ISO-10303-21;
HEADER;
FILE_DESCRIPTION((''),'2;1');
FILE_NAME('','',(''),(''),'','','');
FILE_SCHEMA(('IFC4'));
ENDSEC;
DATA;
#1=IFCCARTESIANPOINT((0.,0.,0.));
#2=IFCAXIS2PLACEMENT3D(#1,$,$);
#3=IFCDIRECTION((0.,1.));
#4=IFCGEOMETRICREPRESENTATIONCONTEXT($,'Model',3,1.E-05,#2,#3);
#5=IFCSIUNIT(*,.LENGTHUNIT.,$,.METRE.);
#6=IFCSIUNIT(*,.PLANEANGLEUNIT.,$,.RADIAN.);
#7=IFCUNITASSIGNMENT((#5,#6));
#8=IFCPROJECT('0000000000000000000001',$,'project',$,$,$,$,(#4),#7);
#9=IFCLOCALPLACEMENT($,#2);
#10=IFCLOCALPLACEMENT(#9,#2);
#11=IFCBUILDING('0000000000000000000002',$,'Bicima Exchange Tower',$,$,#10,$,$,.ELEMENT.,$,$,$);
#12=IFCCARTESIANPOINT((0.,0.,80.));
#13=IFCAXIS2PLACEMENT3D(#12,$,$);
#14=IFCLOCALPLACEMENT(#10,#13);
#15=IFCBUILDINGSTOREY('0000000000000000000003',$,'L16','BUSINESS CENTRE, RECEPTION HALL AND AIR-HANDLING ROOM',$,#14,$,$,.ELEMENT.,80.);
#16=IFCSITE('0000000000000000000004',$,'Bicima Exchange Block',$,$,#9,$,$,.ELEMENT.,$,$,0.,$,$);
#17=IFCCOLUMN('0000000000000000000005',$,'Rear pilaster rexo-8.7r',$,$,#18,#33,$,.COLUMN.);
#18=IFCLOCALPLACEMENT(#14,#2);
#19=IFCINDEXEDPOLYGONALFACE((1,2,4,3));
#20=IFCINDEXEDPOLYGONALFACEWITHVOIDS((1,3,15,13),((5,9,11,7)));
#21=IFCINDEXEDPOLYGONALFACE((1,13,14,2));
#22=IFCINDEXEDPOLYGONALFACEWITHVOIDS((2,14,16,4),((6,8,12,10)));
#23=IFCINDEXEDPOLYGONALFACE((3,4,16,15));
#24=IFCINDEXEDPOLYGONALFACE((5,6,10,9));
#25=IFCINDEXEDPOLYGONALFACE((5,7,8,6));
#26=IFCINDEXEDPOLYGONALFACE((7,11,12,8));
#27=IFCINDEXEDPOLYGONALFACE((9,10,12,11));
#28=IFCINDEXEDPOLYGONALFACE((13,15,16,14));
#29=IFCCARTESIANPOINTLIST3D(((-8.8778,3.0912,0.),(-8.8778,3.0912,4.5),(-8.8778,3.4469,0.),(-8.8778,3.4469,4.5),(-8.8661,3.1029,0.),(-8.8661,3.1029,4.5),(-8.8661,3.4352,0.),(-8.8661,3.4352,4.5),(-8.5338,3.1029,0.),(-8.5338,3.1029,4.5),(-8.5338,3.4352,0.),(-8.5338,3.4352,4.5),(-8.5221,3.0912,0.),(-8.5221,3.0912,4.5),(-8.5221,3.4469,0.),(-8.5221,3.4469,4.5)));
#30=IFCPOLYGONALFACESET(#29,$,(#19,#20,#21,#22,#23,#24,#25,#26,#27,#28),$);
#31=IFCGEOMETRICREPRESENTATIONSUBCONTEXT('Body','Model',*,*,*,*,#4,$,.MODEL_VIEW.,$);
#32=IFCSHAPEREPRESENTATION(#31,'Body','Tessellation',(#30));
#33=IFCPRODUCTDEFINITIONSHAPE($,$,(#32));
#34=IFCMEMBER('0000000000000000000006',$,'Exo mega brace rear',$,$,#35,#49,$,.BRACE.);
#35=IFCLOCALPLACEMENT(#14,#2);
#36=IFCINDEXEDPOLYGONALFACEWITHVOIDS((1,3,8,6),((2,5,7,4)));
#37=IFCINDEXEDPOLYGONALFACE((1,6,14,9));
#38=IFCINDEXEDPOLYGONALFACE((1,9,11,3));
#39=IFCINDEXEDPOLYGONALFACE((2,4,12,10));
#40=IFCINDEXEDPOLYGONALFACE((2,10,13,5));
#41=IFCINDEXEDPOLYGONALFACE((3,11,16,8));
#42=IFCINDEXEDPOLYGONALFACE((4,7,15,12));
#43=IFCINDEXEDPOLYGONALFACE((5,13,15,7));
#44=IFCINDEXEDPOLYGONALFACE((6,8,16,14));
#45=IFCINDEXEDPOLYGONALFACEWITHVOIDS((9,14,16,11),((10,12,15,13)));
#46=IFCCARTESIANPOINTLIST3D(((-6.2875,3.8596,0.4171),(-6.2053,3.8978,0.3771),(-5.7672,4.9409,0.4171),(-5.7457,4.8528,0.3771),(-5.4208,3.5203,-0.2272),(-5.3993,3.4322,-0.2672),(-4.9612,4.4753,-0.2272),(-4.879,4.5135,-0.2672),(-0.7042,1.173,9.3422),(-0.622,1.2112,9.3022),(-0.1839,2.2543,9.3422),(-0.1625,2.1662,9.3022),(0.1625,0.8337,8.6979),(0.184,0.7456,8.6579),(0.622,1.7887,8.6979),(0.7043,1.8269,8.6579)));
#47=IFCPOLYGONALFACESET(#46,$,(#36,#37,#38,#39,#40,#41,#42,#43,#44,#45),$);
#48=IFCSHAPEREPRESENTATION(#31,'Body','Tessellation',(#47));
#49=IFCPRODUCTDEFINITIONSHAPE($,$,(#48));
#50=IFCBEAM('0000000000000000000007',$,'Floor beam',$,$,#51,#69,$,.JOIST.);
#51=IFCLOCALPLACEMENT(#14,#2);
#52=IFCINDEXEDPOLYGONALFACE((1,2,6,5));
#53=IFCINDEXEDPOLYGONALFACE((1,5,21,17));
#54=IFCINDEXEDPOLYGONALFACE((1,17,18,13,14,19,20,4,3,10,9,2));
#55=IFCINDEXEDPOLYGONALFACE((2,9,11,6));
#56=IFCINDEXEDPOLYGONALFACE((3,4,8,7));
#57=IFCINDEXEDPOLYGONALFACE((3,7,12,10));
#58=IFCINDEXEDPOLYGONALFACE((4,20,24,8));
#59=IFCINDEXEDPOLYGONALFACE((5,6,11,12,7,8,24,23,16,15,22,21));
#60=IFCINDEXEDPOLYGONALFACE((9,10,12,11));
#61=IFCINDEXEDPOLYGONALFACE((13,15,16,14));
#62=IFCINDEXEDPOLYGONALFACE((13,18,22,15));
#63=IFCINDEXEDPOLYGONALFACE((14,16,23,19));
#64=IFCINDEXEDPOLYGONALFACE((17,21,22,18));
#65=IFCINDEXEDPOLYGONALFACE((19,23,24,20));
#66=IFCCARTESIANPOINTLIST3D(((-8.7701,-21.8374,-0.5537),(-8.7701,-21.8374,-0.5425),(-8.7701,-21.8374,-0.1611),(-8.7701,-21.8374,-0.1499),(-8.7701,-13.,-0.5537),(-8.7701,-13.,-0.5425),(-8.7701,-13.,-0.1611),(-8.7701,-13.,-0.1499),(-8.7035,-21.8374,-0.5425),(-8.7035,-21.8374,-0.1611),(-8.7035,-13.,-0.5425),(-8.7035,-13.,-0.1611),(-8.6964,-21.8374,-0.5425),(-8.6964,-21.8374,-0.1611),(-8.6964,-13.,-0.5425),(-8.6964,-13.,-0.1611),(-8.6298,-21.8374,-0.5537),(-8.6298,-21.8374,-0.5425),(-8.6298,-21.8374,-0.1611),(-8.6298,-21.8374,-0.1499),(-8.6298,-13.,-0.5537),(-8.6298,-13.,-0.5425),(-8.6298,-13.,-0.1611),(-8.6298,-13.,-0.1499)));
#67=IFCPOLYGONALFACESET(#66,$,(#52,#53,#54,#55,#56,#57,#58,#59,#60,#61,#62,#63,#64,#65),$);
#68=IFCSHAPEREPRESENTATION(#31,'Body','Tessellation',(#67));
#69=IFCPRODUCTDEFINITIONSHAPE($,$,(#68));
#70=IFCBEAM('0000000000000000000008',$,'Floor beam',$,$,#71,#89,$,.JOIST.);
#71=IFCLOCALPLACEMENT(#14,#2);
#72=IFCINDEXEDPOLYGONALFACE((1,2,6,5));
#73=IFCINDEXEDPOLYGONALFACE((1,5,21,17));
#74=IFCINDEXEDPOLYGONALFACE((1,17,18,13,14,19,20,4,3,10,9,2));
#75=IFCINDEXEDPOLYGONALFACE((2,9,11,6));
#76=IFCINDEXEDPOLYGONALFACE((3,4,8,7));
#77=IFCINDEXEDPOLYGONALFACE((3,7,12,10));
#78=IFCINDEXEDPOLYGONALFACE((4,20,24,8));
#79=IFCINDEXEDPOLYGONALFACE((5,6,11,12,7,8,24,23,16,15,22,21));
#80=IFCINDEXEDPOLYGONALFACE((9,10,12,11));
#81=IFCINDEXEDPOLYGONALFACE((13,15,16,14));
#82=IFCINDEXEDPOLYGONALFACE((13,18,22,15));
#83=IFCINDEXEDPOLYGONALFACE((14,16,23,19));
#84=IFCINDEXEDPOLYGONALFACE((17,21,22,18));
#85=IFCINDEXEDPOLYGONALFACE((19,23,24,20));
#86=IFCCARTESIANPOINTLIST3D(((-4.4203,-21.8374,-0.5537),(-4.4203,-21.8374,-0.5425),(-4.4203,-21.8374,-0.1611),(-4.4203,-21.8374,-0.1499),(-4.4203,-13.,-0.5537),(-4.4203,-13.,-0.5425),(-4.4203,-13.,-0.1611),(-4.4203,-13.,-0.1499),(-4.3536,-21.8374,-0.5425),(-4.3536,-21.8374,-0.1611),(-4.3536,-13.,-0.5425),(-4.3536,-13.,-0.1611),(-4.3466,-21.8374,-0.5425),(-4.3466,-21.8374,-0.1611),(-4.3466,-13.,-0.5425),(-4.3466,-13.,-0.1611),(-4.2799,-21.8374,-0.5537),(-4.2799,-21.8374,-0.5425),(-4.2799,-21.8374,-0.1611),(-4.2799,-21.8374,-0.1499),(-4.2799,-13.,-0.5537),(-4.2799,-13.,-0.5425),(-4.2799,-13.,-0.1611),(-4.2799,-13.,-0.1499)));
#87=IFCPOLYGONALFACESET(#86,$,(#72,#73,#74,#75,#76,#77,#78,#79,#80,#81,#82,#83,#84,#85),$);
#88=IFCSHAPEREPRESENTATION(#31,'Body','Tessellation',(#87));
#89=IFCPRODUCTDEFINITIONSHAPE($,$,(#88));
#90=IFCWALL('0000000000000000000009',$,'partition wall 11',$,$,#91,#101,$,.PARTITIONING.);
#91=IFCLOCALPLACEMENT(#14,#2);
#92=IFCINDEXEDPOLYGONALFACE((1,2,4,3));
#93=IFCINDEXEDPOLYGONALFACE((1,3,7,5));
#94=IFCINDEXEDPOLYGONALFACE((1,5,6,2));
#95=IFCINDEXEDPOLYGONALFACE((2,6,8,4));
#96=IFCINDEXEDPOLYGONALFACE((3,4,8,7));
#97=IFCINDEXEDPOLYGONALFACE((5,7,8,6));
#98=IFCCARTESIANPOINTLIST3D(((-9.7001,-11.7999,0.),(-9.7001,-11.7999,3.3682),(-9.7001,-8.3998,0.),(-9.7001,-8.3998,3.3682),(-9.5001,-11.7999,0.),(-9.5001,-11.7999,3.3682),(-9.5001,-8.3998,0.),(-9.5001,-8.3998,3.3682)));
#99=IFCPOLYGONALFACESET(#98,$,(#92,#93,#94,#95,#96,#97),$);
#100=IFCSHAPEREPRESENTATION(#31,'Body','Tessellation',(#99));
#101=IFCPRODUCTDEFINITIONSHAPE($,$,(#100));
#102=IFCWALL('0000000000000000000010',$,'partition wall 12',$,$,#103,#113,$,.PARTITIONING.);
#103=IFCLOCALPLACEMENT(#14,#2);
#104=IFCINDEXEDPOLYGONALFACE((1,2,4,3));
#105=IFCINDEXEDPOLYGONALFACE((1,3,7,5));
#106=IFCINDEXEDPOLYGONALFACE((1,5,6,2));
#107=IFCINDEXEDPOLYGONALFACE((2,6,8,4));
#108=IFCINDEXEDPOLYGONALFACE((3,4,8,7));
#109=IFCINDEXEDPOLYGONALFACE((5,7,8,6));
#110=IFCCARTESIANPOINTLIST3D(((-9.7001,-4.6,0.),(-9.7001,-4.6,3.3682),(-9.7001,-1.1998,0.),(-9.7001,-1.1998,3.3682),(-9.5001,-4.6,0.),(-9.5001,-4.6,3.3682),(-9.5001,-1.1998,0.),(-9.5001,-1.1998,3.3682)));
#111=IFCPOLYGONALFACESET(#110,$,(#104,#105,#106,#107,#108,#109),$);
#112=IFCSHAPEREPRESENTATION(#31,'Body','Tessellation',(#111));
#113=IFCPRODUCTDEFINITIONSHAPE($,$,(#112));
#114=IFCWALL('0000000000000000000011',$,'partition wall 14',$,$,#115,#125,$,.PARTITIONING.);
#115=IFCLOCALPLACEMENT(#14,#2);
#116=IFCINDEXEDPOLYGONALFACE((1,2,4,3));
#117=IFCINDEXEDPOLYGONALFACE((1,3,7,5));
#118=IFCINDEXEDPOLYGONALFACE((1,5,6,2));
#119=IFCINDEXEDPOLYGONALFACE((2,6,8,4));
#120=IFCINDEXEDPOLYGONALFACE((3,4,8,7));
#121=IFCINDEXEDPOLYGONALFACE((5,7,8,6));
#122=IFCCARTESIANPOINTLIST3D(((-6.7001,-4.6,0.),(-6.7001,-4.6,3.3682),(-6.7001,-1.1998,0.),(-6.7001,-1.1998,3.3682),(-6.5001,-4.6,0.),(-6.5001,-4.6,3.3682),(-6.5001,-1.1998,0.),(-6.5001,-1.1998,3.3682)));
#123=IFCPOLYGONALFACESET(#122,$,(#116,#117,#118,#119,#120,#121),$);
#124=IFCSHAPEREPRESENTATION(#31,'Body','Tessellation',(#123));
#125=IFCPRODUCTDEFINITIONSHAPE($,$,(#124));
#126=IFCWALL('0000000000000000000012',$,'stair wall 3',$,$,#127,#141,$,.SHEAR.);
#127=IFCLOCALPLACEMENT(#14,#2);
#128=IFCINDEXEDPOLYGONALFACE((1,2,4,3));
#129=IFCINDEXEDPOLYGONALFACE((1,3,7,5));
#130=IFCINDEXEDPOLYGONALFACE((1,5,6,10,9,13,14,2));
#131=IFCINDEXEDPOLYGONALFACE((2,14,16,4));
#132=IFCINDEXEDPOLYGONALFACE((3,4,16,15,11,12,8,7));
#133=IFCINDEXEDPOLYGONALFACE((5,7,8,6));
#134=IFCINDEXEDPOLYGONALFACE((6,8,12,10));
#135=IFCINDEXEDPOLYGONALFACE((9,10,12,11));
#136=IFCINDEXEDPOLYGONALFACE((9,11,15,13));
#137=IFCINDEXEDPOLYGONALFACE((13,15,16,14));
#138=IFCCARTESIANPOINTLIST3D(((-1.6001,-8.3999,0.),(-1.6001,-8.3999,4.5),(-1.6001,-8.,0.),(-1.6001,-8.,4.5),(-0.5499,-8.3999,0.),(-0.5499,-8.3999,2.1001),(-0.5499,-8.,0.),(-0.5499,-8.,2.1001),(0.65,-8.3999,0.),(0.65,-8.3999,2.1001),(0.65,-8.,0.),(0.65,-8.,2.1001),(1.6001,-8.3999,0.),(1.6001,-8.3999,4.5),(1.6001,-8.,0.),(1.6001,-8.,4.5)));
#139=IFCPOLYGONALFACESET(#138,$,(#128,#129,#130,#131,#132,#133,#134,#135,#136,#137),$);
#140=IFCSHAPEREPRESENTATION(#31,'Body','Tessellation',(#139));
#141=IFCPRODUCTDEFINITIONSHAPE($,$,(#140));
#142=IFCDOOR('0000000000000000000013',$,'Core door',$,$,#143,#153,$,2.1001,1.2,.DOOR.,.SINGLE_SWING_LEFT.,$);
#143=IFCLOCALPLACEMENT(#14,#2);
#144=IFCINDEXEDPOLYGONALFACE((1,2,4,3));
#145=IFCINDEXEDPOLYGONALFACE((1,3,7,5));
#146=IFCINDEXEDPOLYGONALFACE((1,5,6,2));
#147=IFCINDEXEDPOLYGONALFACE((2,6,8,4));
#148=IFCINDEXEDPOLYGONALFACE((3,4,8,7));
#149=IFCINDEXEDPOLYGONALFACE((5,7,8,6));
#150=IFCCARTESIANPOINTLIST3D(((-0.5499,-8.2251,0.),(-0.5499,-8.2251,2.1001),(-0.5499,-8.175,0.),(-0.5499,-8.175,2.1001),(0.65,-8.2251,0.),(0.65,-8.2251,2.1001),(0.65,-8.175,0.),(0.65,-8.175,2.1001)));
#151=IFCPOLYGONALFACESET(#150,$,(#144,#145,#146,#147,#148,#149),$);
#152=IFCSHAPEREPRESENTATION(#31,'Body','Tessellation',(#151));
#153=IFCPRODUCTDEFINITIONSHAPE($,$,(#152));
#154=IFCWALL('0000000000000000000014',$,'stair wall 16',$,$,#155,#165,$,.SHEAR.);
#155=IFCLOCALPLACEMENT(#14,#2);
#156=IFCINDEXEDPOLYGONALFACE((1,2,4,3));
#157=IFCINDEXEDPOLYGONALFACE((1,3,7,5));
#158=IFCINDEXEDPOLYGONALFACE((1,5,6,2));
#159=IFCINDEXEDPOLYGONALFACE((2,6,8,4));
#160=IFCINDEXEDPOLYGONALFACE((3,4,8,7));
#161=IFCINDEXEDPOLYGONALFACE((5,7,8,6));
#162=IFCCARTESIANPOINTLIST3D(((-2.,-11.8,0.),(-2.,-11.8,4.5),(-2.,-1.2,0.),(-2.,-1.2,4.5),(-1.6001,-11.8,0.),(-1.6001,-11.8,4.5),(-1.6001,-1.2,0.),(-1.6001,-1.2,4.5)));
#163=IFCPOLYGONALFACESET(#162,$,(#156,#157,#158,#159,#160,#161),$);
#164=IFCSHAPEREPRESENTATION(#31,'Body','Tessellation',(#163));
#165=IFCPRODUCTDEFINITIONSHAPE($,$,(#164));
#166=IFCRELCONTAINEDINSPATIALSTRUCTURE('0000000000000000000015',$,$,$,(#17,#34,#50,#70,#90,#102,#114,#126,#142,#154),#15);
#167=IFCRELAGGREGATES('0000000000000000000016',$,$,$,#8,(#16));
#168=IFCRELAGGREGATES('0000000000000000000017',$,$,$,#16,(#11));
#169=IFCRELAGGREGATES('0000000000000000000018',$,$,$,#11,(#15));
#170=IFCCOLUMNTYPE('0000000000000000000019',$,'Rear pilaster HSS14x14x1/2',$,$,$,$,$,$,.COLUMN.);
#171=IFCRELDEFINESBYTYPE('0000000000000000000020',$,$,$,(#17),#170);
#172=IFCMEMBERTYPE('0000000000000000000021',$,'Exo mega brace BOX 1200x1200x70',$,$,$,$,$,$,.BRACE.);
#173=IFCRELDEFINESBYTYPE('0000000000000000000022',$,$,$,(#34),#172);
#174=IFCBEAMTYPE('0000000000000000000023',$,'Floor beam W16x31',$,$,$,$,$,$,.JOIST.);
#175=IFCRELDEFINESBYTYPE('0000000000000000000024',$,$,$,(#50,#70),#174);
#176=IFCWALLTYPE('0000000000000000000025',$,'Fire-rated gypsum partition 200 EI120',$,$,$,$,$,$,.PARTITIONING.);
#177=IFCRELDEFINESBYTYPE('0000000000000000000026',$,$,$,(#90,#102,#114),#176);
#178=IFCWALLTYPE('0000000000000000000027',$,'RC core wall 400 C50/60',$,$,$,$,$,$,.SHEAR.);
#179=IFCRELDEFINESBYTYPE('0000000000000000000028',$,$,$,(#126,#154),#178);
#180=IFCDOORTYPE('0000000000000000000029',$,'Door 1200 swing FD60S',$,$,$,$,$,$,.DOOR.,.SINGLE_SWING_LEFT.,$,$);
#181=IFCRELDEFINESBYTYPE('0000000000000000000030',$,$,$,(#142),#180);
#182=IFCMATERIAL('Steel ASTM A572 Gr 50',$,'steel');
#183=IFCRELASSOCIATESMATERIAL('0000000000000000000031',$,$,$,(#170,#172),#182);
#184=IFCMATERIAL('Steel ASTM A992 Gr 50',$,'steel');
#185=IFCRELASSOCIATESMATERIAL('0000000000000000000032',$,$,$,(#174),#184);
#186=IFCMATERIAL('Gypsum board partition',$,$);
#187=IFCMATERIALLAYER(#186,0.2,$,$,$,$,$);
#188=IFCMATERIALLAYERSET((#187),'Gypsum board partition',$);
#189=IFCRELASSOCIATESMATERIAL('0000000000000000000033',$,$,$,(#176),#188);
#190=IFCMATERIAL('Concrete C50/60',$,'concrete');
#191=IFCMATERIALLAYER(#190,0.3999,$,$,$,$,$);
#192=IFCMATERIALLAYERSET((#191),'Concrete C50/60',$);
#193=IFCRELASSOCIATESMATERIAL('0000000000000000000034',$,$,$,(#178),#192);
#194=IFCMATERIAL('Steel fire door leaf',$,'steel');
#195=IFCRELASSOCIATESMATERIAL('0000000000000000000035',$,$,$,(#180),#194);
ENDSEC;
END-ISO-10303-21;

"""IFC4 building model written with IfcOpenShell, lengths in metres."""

from ifc_helpers import new_model, si_unit, direction, frame, frame_2d, origin, origin_2d, place, context, subcontext, project, spatial, rectangle, hollow_rectangle, i_section, extrude, material, layer, layer_set, material_profile, profile_set, type_object, element, fill, save


model = new_model("IFC4")

# Units and contexts
model_context = context("Model", 3, precision=1e-05, world=origin(), true_north=direction((0.0, 1.0)))
body_context = subcontext(model_context, "Body", "Model", "MODEL_VIEW")
ifc_project = project(units=[si_unit("LENGTHUNIT", "METRE"), si_unit("PLANEANGLEUNIT", "RADIAN")], contexts=[model_context])

# Site, building, storey
site_placement = place(None, origin())
site = spatial("IfcSite", under=ifc_project, at=site_placement, Name="Bicima Exchange Block", CompositionType="ELEMENT", RefElevation=0.0)
building_placement = place(site_placement, origin())
building = spatial("IfcBuilding", under=site, at=building_placement, Name="Bicima Exchange Tower", CompositionType="ELEMENT")
storey_placement = place(building_placement, frame((0.0, 0.0, 80.0)))
storey = spatial("IfcBuildingStorey", under=building, at=storey_placement, Name="L16", Description="BUSINESS CENTRE, RECEPTION HALL AND AIR-HANDLING ROOM", CompositionType="ELEMENT", Elevation=80.0)

# Column
ifc_material_1 = material(Name="Steel ASTM A572 Gr 50", Category="steel")
ifc_material_profile_1 = material_profile(ifc_material_1, hollow_rectangle(XDim=0.3557, YDim=0.3557, WallThickness=0.0117, at=origin_2d()))
ifc_profile_set_1 = profile_set([ifc_material_profile_1], Name="Steel ASTM A572 Gr 50")
column_type = type_object("IfcColumnType", Name="Rear pilaster HSS14x14x1/2", PredefinedType="COLUMN", material=ifc_profile_set_1)
column_placement = place(storey_placement, frame((-8.7, 3.269, 0.0), z_axis=(0.0, 0.0, 1.0), x_axis=(1.0, 0.0, 0.0)))
element("IfcColumn", 1, at=column_placement, inside=storey, type_object=column_type, Name="Rear pilaster rexo-8.7r", PredefinedType="COLUMN", context=body_context, shape_type="SweptSolid", body=[
    extrude(hollow_rectangle(XDim=0.3557, YDim=0.3557, WallThickness=0.0117, at=origin_2d()), origin(), (0.0, 0.0, 1.0), 4.5),
])

# Member
ifc_material_profile_2 = material_profile(ifc_material_1, hollow_rectangle(XDim=1.2, YDim=1.2, WallThickness=0.0701, at=origin_2d()))
ifc_profile_set_2 = profile_set([ifc_material_profile_2], Name="Steel ASTM A572 Gr 50")
member_type = type_object("IfcMemberType", Name="Exo mega brace BOX 1200x1200x70", PredefinedType="BRACE", material=ifc_profile_set_2)
member_placement = place(storey_placement, frame((-5.5833, 4.1865, 0.075), z_axis=(0.513879, -0.247266, 0.821455), x_axis=(0.433592, 0.901109, 0.0)))
element("IfcMember", 2, at=member_placement, inside=storey, type_object=member_type, Name="Exo mega brace rear", PredefinedType="BRACE", context=body_context, shape_type="SweptSolid", body=[
    extrude(hollow_rectangle(XDim=1.2, YDim=1.2, WallThickness=0.0701, at=origin_2d()), origin(), (0.0, 0.0, 1.0), 10.865),
])

# Beams
ifc_material_2 = material(Name="Steel ASTM A992 Gr 50", Category="steel")
ifc_material_profile_3 = material_profile(ifc_material_2, i_section(OverallWidth=0.1404, OverallDepth=0.4038, WebThickness=0.0071, FlangeThickness=0.0112, at=origin_2d()))
ifc_profile_set_3 = profile_set([ifc_material_profile_3], Name="Steel ASTM A992 Gr 50")
beam_type = type_object("IfcBeamType", Name="Floor beam W16x31", PredefinedType="JOIST", material=ifc_profile_set_3)
for number, where, z_axis, x_axis, name in (
    (3, (-8.7, -13.0, -0.3518), (0.0, -1.0, 0.0), (1.0, 0.0, 0.0), "Floor beam"),
    (4, (-4.3501, -13.0, -0.3518), (0.0, -1.0, 0.0), (1.0, 0.0, 0.0), "Floor beam"),
):
    element("IfcBeam", number, at=place(storey_placement, frame(where, z_axis=z_axis, x_axis=x_axis)), inside=storey, type_object=beam_type, Name=name, PredefinedType="JOIST", context=body_context, shape_type="SweptSolid", body=[
        extrude(i_section(OverallWidth=0.1404, OverallDepth=0.4038, WebThickness=0.0071, FlangeThickness=0.0112, at=origin_2d()), origin(), (0.0, 0.0, 1.0), 8.8374),
    ])

# Walls
ifc_material_3 = material(Name="Gypsum board partition")
ifc_layer_1 = layer(ifc_material_3, 0.2)
ifc_layer_set_1 = layer_set([ifc_layer_1], Name="Gypsum board partition")
wall_type_1 = type_object("IfcWallType", Name="Fire-rated gypsum partition 200 EI120", PredefinedType="PARTITIONING", material=ifc_layer_set_1)
for number, where, z_axis, x_axis, name in (
    (5, (-9.6001, -11.8, 0.0), (0.0, 0.0, 1.0), (0.0, 1.0, 0.0), "partition wall 11"),
    (6, (-9.6001, -4.6001, 0.0), (0.0, 0.0, 1.0), (0.0, 1.0, 0.0), "partition wall 12"),
    (7, (-6.6001, -4.6001, 0.0), (0.0, 0.0, 1.0), (0.0, 1.0, 0.0), "partition wall 14"),
):
    element("IfcWall", number, at=place(storey_placement, frame(where, z_axis=z_axis, x_axis=x_axis)), inside=storey, type_object=wall_type_1, Name=name, PredefinedType="PARTITIONING", context=body_context, shape_type="SweptSolid", body=[
        extrude(rectangle(XDim=3.4001, YDim=0.2, at=frame_2d((1.7002, 0.0))), origin(), (0.0, 0.0, 1.0), 3.3682),
    ])

# Wall, opening, door
ifc_material_4 = material(Name="Concrete C50/60", Category="concrete")
ifc_layer_2 = layer(ifc_material_4, 0.3999)
ifc_layer_set_2 = layer_set([ifc_layer_2], Name="Concrete C50/60")
wall_type_2 = type_object("IfcWallType", Name="RC core wall 400 C50/60", PredefinedType="SHEAR", material=ifc_layer_set_2)
wall_1_placement = place(storey_placement, frame((-1.6001, -8.2, 0.0), z_axis=(0.0, 0.0, 1.0), x_axis=(1.0, 0.0, 0.0)))
wall_1 = element("IfcWall", 8, at=wall_1_placement, inside=storey, type_object=wall_type_2, Name="stair wall 3", PredefinedType="SHEAR", context=body_context, shape_type="SweptSolid", body=[
    extrude(rectangle(XDim=3.2002, YDim=0.3999, at=frame_2d((1.6001, 0.0))), origin(), (0.0, 0.0, 1.0), 4.5),
])
opening_1_placement = place(wall_1_placement, frame((1.05, 0.0, 0.0)))
opening_1 = element("IfcOpeningElement", 9, at=opening_1_placement, cuts=wall_1, PredefinedType="OPENING", context=body_context, shape_type="SweptSolid", body=[
    extrude(rectangle(XDim=1.2, YDim=2.1001, at=frame_2d((0.6001, 1.05))), frame((0.0, 0.2119, 0.0), z_axis=(0.0, -1.0, 0.0), x_axis=(1.0, 0.0, 0.0)), (0.0, 0.0, 1.0), 0.4238),
])
ifc_material_5 = material(Name="Steel fire door leaf", Category="steel")
door_type_1 = type_object("IfcDoorType", Name="Door 1200 swing FD60S", OperationType="SINGLE_SWING_LEFT", PredefinedType="DOOR", material=ifc_material_5)
door_1_placement = place(opening_1_placement, origin())
door_1 = element("IfcDoor", 10, at=door_1_placement, inside=storey, type_object=door_type_1, Name="Core door", OperationType="SINGLE_SWING_LEFT", OverallHeight=2.1001, OverallWidth=1.2, PredefinedType="DOOR", context=body_context, shape_type="SweptSolid", body=[
    extrude(rectangle(XDim=1.2, YDim=2.1001, at=frame_2d((0.6001, 1.05))), frame((0.0, 0.0249, 0.0), z_axis=(0.0, -1.0, 0.0), x_axis=(1.0, 0.0, 0.0)), (0.0, 0.0, 1.0), 0.05),
])
fill(opening_1, door_1)

# Wall
wall_2_placement = place(storey_placement, frame((-1.8, -11.8, 0.0), z_axis=(0.0, 0.0, 1.0), x_axis=(0.0, 1.0, 0.0)))
element("IfcWall", 11, at=wall_2_placement, inside=storey, type_object=wall_type_2, Name="stair wall 16", PredefinedType="SHEAR", context=body_context, shape_type="SweptSolid", body=[
    extrude(rectangle(XDim=10.6001, YDim=0.3999, at=frame_2d((5.3, 0.0))), origin(), (0.0, 0.0, 1.0), 4.5),
])

save(model, "model.ifc")
